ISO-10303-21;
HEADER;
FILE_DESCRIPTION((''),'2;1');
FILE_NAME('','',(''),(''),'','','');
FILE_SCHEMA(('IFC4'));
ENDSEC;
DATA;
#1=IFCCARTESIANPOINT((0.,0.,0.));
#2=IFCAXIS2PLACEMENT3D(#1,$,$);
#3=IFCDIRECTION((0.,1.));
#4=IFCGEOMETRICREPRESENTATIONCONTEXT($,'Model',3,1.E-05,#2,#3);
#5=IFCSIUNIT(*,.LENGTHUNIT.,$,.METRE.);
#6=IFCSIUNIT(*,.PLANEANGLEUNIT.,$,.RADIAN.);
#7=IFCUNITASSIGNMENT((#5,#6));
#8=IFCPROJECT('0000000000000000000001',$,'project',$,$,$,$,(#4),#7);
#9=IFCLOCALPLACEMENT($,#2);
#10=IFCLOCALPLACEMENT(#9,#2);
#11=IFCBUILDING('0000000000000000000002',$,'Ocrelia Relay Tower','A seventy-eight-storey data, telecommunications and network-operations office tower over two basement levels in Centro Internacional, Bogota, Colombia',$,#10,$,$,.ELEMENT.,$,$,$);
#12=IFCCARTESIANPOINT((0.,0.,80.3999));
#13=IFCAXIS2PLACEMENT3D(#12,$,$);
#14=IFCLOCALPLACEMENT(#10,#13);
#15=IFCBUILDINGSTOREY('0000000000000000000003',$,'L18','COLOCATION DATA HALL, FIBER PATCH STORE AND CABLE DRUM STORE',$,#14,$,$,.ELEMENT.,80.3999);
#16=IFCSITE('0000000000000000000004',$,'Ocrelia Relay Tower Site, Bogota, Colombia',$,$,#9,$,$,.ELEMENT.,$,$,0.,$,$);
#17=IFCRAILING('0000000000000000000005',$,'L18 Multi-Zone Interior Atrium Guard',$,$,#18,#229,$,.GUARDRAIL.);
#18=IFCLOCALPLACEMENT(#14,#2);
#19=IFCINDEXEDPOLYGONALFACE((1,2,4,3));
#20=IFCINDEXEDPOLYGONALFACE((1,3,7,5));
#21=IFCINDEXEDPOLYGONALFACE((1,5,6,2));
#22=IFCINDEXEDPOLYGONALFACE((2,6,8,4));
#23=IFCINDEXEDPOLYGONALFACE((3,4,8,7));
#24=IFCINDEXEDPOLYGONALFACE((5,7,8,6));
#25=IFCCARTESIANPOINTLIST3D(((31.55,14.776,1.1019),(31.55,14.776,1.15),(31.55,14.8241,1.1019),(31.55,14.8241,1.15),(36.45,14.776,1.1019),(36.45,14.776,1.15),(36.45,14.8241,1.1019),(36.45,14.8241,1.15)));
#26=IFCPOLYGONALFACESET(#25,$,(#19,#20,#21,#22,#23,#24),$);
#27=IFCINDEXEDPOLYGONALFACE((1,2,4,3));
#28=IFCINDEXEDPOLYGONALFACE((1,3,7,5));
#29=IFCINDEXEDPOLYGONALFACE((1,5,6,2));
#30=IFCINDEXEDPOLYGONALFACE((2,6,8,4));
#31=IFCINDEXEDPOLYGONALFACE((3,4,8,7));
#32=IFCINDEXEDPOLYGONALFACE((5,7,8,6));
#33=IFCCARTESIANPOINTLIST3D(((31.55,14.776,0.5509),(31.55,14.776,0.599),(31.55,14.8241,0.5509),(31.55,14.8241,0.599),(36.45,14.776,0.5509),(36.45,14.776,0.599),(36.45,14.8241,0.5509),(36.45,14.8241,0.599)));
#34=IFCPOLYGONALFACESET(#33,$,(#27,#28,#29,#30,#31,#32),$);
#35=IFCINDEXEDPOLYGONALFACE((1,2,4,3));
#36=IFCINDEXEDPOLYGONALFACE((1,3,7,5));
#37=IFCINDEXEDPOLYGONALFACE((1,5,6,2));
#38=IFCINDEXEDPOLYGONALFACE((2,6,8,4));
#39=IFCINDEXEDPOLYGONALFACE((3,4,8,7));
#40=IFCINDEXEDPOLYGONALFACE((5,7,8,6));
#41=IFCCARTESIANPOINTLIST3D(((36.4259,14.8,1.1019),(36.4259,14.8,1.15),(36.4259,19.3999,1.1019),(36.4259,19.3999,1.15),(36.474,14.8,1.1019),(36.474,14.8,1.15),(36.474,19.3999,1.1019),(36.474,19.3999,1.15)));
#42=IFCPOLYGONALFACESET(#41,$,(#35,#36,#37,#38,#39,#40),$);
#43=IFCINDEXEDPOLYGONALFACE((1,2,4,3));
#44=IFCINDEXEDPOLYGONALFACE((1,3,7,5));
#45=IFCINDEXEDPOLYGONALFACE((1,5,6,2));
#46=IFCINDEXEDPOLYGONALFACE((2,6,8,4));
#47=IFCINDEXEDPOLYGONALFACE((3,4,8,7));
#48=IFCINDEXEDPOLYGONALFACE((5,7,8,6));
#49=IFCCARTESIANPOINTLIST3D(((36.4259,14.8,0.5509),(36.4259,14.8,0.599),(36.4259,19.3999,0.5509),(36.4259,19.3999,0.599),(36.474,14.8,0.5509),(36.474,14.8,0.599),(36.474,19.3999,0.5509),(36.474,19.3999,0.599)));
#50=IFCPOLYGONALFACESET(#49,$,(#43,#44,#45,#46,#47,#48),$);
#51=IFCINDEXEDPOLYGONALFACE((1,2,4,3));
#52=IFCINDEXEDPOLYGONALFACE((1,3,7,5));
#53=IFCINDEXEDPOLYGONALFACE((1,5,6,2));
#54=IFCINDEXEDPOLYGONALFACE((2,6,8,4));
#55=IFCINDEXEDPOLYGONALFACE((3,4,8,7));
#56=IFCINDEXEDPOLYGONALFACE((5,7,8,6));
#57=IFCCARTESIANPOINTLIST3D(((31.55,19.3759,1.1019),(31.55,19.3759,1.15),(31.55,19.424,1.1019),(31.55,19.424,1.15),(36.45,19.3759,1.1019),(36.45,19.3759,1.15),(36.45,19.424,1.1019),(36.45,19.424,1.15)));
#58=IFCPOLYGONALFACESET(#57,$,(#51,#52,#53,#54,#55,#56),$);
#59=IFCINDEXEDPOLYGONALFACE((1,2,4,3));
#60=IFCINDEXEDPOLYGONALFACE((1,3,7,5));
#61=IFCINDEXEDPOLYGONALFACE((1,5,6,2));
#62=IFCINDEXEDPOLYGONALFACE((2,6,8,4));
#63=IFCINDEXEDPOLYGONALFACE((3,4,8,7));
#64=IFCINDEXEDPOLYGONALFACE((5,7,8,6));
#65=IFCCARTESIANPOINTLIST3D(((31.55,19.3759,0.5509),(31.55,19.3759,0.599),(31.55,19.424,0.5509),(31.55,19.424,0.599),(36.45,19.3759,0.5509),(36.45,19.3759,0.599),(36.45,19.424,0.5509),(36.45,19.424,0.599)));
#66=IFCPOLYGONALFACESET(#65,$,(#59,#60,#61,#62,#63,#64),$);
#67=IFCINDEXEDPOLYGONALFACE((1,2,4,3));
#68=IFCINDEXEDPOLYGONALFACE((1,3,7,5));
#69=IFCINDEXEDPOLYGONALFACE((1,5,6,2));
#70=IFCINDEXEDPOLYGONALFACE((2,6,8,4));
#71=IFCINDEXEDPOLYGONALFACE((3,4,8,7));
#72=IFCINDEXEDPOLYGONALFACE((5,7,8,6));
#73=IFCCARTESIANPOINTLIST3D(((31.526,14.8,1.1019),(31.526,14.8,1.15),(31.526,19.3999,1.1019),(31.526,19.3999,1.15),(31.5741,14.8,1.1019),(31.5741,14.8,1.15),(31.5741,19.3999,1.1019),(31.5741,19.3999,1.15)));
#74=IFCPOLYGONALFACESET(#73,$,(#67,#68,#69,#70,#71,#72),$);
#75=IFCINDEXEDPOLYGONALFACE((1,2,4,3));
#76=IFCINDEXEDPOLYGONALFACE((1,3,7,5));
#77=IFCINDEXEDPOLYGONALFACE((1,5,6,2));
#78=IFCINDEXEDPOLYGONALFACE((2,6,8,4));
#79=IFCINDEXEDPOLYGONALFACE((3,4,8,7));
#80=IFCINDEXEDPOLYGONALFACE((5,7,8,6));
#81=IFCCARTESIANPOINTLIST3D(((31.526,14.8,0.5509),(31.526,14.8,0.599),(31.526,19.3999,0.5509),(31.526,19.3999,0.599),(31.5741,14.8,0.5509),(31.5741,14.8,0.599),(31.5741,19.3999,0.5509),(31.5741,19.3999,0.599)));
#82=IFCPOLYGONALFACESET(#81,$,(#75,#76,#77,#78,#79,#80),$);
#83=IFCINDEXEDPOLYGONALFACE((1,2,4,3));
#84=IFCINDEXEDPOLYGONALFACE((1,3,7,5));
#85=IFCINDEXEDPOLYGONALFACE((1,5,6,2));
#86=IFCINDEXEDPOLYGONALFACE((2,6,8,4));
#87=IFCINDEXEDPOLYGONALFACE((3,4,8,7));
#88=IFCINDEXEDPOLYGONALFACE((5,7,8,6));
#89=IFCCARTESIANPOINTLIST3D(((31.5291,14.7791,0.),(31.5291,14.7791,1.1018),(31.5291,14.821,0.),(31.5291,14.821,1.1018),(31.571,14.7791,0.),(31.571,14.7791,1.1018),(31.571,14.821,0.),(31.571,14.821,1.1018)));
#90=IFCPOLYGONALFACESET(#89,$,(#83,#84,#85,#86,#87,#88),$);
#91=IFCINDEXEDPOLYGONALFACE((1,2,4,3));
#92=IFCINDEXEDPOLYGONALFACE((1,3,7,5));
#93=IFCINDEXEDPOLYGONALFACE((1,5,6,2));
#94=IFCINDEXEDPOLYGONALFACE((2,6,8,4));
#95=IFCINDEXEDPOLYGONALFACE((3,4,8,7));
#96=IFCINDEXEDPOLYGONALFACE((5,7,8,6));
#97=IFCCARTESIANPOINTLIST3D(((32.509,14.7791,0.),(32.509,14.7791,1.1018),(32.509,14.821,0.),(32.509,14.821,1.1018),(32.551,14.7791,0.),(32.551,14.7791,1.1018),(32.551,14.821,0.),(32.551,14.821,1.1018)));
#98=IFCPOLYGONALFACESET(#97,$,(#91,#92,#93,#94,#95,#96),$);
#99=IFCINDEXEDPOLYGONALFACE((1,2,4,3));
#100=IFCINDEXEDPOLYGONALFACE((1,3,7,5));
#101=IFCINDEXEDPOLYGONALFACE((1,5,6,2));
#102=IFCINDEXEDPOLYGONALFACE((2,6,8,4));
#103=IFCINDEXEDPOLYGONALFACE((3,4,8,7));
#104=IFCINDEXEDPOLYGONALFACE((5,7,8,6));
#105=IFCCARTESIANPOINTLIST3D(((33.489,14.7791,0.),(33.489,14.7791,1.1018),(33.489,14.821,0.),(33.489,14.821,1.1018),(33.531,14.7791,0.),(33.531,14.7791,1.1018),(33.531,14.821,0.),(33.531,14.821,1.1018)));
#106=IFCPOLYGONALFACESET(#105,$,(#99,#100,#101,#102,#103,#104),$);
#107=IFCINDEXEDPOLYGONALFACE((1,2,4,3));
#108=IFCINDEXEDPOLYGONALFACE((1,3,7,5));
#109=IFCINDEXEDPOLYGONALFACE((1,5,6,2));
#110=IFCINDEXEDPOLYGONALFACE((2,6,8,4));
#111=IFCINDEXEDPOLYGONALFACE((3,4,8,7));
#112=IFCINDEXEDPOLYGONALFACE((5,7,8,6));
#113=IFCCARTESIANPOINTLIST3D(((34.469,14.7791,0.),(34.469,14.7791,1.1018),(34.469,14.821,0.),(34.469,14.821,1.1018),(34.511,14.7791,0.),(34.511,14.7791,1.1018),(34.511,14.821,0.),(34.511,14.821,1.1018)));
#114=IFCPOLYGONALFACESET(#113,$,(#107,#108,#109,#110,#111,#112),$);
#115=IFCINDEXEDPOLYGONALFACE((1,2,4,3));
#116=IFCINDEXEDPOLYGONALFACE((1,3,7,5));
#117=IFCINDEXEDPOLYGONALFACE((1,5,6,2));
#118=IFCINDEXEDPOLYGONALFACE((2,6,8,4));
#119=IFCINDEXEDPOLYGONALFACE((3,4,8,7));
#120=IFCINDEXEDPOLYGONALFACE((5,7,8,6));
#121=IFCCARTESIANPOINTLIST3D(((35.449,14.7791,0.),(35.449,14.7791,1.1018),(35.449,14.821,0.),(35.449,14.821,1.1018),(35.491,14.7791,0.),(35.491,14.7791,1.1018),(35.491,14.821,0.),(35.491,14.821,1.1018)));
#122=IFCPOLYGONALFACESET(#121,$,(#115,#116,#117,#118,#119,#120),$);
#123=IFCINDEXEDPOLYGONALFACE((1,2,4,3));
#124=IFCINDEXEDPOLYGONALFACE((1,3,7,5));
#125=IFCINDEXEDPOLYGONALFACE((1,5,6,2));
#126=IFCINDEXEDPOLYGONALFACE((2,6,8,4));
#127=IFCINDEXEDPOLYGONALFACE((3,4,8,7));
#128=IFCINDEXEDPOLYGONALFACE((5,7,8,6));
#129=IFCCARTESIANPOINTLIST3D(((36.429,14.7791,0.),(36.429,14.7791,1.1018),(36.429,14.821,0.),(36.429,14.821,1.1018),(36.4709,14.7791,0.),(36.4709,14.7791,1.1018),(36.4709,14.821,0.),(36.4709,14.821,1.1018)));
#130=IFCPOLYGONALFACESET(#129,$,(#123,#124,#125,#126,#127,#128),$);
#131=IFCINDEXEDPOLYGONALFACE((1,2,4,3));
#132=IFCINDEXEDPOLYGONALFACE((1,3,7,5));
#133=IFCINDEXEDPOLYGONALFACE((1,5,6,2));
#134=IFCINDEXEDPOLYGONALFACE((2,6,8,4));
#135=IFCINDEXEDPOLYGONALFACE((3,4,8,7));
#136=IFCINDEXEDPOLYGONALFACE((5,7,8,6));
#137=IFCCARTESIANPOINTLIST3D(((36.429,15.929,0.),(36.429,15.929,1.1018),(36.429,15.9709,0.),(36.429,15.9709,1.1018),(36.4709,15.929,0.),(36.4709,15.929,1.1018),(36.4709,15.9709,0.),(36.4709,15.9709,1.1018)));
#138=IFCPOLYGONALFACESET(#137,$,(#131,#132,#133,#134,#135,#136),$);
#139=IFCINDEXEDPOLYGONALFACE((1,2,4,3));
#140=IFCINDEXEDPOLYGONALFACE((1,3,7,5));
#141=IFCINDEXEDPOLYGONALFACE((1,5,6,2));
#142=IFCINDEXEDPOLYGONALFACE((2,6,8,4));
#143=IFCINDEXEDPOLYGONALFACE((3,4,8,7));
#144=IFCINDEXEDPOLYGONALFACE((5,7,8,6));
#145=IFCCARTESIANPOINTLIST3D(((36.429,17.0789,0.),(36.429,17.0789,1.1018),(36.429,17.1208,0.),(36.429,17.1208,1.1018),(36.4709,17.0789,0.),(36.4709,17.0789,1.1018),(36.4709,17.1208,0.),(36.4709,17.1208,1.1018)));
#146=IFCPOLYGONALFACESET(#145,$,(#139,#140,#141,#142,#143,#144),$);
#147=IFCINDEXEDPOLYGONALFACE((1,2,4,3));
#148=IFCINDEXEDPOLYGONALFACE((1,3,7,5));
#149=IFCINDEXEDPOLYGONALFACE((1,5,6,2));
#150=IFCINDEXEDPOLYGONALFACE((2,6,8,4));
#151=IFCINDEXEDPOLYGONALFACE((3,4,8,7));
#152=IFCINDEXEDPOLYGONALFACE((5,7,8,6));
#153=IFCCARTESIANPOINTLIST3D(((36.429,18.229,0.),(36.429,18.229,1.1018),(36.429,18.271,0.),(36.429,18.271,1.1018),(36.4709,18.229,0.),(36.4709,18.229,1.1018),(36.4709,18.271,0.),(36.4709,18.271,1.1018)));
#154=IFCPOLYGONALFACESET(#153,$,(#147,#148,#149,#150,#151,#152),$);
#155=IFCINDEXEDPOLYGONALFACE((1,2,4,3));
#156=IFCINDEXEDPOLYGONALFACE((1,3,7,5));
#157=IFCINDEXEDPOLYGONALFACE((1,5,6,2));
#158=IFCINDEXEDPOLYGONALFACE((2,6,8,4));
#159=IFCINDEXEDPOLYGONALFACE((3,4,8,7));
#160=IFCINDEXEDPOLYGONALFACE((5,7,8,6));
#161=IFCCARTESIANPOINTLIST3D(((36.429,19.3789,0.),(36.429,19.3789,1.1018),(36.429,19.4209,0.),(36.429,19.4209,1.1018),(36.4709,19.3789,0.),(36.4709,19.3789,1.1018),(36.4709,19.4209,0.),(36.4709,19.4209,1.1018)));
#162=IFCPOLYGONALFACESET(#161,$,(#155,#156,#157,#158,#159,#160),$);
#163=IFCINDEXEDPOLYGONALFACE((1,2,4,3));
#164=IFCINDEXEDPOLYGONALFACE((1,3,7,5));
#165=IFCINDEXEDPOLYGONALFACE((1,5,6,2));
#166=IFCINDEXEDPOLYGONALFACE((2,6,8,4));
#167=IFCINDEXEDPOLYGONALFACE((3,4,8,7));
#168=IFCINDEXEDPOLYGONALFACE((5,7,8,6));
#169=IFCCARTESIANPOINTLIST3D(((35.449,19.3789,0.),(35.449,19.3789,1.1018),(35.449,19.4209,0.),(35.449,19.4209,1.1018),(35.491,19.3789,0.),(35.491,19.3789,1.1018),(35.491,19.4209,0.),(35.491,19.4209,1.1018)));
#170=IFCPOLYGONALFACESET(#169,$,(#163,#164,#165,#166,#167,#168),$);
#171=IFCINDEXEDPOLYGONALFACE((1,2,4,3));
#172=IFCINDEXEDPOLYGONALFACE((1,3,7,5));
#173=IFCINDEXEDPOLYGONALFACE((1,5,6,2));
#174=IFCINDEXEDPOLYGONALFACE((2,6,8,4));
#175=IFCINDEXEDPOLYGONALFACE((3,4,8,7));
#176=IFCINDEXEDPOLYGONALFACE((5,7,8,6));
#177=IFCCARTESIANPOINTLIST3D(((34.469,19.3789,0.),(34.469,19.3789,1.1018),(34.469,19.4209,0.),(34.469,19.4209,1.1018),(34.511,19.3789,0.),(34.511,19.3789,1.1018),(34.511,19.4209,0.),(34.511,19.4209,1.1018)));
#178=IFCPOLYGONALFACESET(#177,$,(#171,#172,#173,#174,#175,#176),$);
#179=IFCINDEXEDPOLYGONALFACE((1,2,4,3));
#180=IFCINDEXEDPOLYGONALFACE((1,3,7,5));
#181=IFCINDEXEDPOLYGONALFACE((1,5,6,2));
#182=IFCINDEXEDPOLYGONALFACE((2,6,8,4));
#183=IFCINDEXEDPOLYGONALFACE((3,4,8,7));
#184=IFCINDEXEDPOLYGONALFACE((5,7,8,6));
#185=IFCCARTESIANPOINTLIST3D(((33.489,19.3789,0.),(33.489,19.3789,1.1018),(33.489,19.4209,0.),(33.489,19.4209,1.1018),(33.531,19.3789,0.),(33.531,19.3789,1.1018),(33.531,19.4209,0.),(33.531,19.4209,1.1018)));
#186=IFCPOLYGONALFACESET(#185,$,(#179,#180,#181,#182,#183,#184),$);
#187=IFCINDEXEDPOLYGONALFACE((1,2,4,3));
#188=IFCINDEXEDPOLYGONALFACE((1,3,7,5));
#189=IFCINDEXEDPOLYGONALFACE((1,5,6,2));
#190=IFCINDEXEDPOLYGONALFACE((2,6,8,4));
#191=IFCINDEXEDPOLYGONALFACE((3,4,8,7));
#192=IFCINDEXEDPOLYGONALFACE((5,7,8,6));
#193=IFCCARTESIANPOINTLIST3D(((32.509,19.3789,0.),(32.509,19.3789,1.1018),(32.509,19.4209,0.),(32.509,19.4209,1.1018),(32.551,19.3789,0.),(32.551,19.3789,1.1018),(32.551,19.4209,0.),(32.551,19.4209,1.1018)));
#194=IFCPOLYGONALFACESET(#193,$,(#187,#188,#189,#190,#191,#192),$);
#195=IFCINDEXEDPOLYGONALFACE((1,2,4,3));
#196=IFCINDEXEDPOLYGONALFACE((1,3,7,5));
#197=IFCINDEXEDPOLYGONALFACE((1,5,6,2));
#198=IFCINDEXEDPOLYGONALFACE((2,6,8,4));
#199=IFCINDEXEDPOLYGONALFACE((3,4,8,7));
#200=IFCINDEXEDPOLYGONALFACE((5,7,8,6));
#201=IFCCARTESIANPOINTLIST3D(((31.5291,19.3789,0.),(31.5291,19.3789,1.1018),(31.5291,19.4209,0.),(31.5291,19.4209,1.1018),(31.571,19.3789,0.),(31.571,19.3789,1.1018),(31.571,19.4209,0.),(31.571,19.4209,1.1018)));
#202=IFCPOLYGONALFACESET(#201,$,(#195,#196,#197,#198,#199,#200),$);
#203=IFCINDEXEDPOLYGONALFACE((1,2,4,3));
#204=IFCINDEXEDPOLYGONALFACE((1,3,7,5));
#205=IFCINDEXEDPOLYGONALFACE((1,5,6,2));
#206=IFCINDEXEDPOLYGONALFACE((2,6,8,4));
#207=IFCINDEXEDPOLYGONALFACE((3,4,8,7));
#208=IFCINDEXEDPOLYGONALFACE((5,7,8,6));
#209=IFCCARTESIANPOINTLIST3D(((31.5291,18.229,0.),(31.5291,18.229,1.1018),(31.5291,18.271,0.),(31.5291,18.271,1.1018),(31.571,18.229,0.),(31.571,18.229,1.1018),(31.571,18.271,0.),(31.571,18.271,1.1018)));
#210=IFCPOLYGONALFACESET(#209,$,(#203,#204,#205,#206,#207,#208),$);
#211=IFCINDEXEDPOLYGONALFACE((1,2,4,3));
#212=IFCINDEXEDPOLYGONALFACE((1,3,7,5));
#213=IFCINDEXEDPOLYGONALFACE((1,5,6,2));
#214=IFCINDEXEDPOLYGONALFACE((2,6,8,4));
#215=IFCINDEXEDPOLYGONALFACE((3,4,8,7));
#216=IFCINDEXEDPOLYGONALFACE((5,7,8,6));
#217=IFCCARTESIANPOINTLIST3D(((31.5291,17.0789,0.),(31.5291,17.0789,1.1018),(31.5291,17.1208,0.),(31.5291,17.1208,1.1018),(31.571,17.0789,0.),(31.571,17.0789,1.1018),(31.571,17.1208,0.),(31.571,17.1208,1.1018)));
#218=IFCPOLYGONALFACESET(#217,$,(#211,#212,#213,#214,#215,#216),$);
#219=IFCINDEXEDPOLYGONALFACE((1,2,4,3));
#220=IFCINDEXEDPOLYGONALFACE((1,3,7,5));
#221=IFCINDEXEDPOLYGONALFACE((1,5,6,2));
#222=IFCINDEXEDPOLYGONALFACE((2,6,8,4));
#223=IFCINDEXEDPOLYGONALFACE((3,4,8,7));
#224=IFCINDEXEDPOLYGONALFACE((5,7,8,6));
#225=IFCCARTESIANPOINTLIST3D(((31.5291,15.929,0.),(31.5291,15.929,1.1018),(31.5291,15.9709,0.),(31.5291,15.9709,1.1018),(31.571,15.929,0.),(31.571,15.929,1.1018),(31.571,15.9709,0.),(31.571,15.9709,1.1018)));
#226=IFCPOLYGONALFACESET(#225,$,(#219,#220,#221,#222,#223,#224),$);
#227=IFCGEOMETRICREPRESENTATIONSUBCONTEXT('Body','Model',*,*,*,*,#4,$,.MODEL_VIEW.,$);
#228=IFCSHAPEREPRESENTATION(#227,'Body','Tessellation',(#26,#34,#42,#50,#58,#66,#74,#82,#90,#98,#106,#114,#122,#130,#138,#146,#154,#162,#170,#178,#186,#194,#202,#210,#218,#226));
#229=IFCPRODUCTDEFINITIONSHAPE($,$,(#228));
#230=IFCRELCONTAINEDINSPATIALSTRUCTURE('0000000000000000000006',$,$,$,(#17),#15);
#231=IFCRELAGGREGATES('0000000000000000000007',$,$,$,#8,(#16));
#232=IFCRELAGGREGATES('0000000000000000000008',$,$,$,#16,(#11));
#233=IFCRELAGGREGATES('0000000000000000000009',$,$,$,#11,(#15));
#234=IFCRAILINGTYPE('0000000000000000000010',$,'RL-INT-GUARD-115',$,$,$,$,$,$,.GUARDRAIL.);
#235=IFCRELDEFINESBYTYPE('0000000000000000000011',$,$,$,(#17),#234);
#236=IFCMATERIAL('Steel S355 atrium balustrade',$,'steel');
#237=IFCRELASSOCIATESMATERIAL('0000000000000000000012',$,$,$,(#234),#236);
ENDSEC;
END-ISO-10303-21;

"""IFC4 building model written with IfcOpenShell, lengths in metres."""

from ifc_helpers import new_model, si_unit, direction, frame, origin, origin_2d, place, context, subcontext, project, spatial, rectangle, extrude, material, type_object, element, save


model = new_model("IFC4")

# Units and contexts
model_context = context("Model", 3, precision=1e-05, world=origin(), true_north=direction((0.0, 1.0)))
body_context = subcontext(model_context, "Body", "Model", "MODEL_VIEW")
ifc_project = project(units=[si_unit("LENGTHUNIT", "METRE"), si_unit("PLANEANGLEUNIT", "RADIAN")], contexts=[model_context])

# Site, building, storey
site_placement = place(None, origin())
site = spatial("IfcSite", under=ifc_project, at=site_placement, Name="Ocrelia Relay Tower Site, Bogota, Colombia", CompositionType="ELEMENT", RefElevation=0.0)
building_placement = place(site_placement, origin())
building = spatial("IfcBuilding", under=site, at=building_placement, Name="Ocrelia Relay Tower", Description="A seventy-eight-storey data, telecommunications and network-operations office tower over two basement levels in Centro Internacional, Bogota, Colombia", CompositionType="ELEMENT")
storey_placement = place(building_placement, frame((0.0, 0.0, 80.3999)))
storey = spatial("IfcBuildingStorey", under=building, at=storey_placement, Name="L18", Description="COLOCATION DATA HALL, FIBER PATCH STORE AND CABLE DRUM STORE", CompositionType="ELEMENT", Elevation=80.3999)

# Railing
ifc_material_1 = material(Name="Steel S355 atrium balustrade", Category="steel")
railing_type_1 = type_object("IfcRailingType", Name="RL-INT-GUARD-115", PredefinedType="GUARDRAIL", material=ifc_material_1)
railing_1_placement = place(storey_placement, frame((31.55, 14.8, 0.0)))
element("IfcRailing", 1, at=railing_1_placement, inside=storey, type_object=railing_type_1, Name="L18 Multi-Zone Interior Atrium Guard", PredefinedType="GUARDRAIL", context=body_context, shape_type="SweptSolid", body=[
    extrude(rectangle(XDim=0.0481, YDim=0.0481, at=origin_2d()), frame((0.0, 0.0, 1.126), z_axis=(1.0, 0.0, 0.0), x_axis=(0.0, 1.0, 0.0)), (0.0, 0.0, 1.0), 4.8999),
    extrude(rectangle(XDim=0.0481, YDim=0.0481, at=origin_2d()), frame((0.0, 0.0, 0.575), z_axis=(1.0, 0.0, 0.0), x_axis=(0.0, 1.0, 0.0)), (0.0, 0.0, 1.0), 4.8999),
    extrude(rectangle(XDim=0.0481, YDim=0.0481, at=origin_2d()), frame((4.8999, 0.0, 1.126), z_axis=(0.0, 1.0, 0.0), x_axis=(-1.0, 0.0, 0.0)), (0.0, 0.0, 1.0), 4.5999),
    extrude(rectangle(XDim=0.0481, YDim=0.0481, at=origin_2d()), frame((4.8999, 0.0, 0.575), z_axis=(0.0, 1.0, 0.0), x_axis=(-1.0, 0.0, 0.0)), (0.0, 0.0, 1.0), 4.5999),
    extrude(rectangle(XDim=0.0481, YDim=0.0481, at=origin_2d()), frame((4.8999, 4.5999, 1.126), z_axis=(-1.0, 0.0, 0.0), x_axis=(0.0, -1.0, 0.0)), (0.0, 0.0, 1.0), 4.8999),
    extrude(rectangle(XDim=0.0481, YDim=0.0481, at=origin_2d()), frame((4.8999, 4.5999, 0.575), z_axis=(-1.0, 0.0, 0.0), x_axis=(0.0, -1.0, 0.0)), (0.0, 0.0, 1.0), 4.8999),
    extrude(rectangle(XDim=0.0481, YDim=0.0481, at=origin_2d()), frame((0.0, 4.5999, 1.126), z_axis=(0.0, -1.0, 0.0), x_axis=(1.0, 0.0, 0.0)), (0.0, 0.0, 1.0), 4.5999),
    extrude(rectangle(XDim=0.0481, YDim=0.0481, at=origin_2d()), frame((0.0, 4.5999, 0.575), z_axis=(0.0, -1.0, 0.0), x_axis=(1.0, 0.0, 0.0)), (0.0, 0.0, 1.0), 4.5999),
    extrude(rectangle(XDim=0.042, YDim=0.042, at=origin_2d()), origin(), (0.0, 0.0, 1.0), 1.1018),
    extrude(rectangle(XDim=0.042, YDim=0.042, at=origin_2d()), frame((0.98, 0.0, 0.0)), (0.0, 0.0, 1.0), 1.1018),
    extrude(rectangle(XDim=0.042, YDim=0.042, at=origin_2d()), frame((1.96, 0.0, 0.0)), (0.0, 0.0, 1.0), 1.1018),
    extrude(rectangle(XDim=0.042, YDim=0.042, at=origin_2d()), frame((2.9399, 0.0, 0.0)), (0.0, 0.0, 1.0), 1.1018),
    extrude(rectangle(XDim=0.042, YDim=0.042, at=origin_2d()), frame((3.9199, 0.0, 0.0)), (0.0, 0.0, 1.0), 1.1018),
    extrude(rectangle(XDim=0.042, YDim=0.042, at=origin_2d()), frame((4.8999, 0.0, 0.0)), (0.0, 0.0, 1.0), 1.1018),
    extrude(rectangle(XDim=0.042, YDim=0.042, at=origin_2d()), frame((4.8999, 1.1499, 0.0)), (0.0, 0.0, 1.0), 1.1018),
    extrude(rectangle(XDim=0.042, YDim=0.042, at=origin_2d()), frame((4.8999, 2.2998, 0.0)), (0.0, 0.0, 1.0), 1.1018),
    extrude(rectangle(XDim=0.042, YDim=0.042, at=origin_2d()), frame((4.8999, 3.45, 0.0)), (0.0, 0.0, 1.0), 1.1018),
    extrude(rectangle(XDim=0.042, YDim=0.042, at=origin_2d()), frame((4.8999, 4.5999, 0.0)), (0.0, 0.0, 1.0), 1.1018),
    extrude(rectangle(XDim=0.042, YDim=0.042, at=origin_2d()), frame((3.9199, 4.5999, 0.0)), (0.0, 0.0, 1.0), 1.1018),
    extrude(rectangle(XDim=0.042, YDim=0.042, at=origin_2d()), frame((2.9399, 4.5999, 0.0)), (0.0, 0.0, 1.0), 1.1018),
    extrude(rectangle(XDim=0.042, YDim=0.042, at=origin_2d()), frame((1.96, 4.5999, 0.0)), (0.0, 0.0, 1.0), 1.1018),
    extrude(rectangle(XDim=0.042, YDim=0.042, at=origin_2d()), frame((0.98, 4.5999, 0.0)), (0.0, 0.0, 1.0), 1.1018),
    extrude(rectangle(XDim=0.042, YDim=0.042, at=origin_2d()), frame((0.0, 4.5999, 0.0)), (0.0, 0.0, 1.0), 1.1018),
    extrude(rectangle(XDim=0.042, YDim=0.042, at=origin_2d()), frame((0.0, 3.45, 0.0)), (0.0, 0.0, 1.0), 1.1018),
    extrude(rectangle(XDim=0.042, YDim=0.042, at=origin_2d()), frame((0.0, 2.2998, 0.0)), (0.0, 0.0, 1.0), 1.1018),
    extrude(rectangle(XDim=0.042, YDim=0.042, at=origin_2d()), frame((0.0, 1.1499, 0.0)), (0.0, 0.0, 1.0), 1.1018),
])

save(model, "model.ifc")
